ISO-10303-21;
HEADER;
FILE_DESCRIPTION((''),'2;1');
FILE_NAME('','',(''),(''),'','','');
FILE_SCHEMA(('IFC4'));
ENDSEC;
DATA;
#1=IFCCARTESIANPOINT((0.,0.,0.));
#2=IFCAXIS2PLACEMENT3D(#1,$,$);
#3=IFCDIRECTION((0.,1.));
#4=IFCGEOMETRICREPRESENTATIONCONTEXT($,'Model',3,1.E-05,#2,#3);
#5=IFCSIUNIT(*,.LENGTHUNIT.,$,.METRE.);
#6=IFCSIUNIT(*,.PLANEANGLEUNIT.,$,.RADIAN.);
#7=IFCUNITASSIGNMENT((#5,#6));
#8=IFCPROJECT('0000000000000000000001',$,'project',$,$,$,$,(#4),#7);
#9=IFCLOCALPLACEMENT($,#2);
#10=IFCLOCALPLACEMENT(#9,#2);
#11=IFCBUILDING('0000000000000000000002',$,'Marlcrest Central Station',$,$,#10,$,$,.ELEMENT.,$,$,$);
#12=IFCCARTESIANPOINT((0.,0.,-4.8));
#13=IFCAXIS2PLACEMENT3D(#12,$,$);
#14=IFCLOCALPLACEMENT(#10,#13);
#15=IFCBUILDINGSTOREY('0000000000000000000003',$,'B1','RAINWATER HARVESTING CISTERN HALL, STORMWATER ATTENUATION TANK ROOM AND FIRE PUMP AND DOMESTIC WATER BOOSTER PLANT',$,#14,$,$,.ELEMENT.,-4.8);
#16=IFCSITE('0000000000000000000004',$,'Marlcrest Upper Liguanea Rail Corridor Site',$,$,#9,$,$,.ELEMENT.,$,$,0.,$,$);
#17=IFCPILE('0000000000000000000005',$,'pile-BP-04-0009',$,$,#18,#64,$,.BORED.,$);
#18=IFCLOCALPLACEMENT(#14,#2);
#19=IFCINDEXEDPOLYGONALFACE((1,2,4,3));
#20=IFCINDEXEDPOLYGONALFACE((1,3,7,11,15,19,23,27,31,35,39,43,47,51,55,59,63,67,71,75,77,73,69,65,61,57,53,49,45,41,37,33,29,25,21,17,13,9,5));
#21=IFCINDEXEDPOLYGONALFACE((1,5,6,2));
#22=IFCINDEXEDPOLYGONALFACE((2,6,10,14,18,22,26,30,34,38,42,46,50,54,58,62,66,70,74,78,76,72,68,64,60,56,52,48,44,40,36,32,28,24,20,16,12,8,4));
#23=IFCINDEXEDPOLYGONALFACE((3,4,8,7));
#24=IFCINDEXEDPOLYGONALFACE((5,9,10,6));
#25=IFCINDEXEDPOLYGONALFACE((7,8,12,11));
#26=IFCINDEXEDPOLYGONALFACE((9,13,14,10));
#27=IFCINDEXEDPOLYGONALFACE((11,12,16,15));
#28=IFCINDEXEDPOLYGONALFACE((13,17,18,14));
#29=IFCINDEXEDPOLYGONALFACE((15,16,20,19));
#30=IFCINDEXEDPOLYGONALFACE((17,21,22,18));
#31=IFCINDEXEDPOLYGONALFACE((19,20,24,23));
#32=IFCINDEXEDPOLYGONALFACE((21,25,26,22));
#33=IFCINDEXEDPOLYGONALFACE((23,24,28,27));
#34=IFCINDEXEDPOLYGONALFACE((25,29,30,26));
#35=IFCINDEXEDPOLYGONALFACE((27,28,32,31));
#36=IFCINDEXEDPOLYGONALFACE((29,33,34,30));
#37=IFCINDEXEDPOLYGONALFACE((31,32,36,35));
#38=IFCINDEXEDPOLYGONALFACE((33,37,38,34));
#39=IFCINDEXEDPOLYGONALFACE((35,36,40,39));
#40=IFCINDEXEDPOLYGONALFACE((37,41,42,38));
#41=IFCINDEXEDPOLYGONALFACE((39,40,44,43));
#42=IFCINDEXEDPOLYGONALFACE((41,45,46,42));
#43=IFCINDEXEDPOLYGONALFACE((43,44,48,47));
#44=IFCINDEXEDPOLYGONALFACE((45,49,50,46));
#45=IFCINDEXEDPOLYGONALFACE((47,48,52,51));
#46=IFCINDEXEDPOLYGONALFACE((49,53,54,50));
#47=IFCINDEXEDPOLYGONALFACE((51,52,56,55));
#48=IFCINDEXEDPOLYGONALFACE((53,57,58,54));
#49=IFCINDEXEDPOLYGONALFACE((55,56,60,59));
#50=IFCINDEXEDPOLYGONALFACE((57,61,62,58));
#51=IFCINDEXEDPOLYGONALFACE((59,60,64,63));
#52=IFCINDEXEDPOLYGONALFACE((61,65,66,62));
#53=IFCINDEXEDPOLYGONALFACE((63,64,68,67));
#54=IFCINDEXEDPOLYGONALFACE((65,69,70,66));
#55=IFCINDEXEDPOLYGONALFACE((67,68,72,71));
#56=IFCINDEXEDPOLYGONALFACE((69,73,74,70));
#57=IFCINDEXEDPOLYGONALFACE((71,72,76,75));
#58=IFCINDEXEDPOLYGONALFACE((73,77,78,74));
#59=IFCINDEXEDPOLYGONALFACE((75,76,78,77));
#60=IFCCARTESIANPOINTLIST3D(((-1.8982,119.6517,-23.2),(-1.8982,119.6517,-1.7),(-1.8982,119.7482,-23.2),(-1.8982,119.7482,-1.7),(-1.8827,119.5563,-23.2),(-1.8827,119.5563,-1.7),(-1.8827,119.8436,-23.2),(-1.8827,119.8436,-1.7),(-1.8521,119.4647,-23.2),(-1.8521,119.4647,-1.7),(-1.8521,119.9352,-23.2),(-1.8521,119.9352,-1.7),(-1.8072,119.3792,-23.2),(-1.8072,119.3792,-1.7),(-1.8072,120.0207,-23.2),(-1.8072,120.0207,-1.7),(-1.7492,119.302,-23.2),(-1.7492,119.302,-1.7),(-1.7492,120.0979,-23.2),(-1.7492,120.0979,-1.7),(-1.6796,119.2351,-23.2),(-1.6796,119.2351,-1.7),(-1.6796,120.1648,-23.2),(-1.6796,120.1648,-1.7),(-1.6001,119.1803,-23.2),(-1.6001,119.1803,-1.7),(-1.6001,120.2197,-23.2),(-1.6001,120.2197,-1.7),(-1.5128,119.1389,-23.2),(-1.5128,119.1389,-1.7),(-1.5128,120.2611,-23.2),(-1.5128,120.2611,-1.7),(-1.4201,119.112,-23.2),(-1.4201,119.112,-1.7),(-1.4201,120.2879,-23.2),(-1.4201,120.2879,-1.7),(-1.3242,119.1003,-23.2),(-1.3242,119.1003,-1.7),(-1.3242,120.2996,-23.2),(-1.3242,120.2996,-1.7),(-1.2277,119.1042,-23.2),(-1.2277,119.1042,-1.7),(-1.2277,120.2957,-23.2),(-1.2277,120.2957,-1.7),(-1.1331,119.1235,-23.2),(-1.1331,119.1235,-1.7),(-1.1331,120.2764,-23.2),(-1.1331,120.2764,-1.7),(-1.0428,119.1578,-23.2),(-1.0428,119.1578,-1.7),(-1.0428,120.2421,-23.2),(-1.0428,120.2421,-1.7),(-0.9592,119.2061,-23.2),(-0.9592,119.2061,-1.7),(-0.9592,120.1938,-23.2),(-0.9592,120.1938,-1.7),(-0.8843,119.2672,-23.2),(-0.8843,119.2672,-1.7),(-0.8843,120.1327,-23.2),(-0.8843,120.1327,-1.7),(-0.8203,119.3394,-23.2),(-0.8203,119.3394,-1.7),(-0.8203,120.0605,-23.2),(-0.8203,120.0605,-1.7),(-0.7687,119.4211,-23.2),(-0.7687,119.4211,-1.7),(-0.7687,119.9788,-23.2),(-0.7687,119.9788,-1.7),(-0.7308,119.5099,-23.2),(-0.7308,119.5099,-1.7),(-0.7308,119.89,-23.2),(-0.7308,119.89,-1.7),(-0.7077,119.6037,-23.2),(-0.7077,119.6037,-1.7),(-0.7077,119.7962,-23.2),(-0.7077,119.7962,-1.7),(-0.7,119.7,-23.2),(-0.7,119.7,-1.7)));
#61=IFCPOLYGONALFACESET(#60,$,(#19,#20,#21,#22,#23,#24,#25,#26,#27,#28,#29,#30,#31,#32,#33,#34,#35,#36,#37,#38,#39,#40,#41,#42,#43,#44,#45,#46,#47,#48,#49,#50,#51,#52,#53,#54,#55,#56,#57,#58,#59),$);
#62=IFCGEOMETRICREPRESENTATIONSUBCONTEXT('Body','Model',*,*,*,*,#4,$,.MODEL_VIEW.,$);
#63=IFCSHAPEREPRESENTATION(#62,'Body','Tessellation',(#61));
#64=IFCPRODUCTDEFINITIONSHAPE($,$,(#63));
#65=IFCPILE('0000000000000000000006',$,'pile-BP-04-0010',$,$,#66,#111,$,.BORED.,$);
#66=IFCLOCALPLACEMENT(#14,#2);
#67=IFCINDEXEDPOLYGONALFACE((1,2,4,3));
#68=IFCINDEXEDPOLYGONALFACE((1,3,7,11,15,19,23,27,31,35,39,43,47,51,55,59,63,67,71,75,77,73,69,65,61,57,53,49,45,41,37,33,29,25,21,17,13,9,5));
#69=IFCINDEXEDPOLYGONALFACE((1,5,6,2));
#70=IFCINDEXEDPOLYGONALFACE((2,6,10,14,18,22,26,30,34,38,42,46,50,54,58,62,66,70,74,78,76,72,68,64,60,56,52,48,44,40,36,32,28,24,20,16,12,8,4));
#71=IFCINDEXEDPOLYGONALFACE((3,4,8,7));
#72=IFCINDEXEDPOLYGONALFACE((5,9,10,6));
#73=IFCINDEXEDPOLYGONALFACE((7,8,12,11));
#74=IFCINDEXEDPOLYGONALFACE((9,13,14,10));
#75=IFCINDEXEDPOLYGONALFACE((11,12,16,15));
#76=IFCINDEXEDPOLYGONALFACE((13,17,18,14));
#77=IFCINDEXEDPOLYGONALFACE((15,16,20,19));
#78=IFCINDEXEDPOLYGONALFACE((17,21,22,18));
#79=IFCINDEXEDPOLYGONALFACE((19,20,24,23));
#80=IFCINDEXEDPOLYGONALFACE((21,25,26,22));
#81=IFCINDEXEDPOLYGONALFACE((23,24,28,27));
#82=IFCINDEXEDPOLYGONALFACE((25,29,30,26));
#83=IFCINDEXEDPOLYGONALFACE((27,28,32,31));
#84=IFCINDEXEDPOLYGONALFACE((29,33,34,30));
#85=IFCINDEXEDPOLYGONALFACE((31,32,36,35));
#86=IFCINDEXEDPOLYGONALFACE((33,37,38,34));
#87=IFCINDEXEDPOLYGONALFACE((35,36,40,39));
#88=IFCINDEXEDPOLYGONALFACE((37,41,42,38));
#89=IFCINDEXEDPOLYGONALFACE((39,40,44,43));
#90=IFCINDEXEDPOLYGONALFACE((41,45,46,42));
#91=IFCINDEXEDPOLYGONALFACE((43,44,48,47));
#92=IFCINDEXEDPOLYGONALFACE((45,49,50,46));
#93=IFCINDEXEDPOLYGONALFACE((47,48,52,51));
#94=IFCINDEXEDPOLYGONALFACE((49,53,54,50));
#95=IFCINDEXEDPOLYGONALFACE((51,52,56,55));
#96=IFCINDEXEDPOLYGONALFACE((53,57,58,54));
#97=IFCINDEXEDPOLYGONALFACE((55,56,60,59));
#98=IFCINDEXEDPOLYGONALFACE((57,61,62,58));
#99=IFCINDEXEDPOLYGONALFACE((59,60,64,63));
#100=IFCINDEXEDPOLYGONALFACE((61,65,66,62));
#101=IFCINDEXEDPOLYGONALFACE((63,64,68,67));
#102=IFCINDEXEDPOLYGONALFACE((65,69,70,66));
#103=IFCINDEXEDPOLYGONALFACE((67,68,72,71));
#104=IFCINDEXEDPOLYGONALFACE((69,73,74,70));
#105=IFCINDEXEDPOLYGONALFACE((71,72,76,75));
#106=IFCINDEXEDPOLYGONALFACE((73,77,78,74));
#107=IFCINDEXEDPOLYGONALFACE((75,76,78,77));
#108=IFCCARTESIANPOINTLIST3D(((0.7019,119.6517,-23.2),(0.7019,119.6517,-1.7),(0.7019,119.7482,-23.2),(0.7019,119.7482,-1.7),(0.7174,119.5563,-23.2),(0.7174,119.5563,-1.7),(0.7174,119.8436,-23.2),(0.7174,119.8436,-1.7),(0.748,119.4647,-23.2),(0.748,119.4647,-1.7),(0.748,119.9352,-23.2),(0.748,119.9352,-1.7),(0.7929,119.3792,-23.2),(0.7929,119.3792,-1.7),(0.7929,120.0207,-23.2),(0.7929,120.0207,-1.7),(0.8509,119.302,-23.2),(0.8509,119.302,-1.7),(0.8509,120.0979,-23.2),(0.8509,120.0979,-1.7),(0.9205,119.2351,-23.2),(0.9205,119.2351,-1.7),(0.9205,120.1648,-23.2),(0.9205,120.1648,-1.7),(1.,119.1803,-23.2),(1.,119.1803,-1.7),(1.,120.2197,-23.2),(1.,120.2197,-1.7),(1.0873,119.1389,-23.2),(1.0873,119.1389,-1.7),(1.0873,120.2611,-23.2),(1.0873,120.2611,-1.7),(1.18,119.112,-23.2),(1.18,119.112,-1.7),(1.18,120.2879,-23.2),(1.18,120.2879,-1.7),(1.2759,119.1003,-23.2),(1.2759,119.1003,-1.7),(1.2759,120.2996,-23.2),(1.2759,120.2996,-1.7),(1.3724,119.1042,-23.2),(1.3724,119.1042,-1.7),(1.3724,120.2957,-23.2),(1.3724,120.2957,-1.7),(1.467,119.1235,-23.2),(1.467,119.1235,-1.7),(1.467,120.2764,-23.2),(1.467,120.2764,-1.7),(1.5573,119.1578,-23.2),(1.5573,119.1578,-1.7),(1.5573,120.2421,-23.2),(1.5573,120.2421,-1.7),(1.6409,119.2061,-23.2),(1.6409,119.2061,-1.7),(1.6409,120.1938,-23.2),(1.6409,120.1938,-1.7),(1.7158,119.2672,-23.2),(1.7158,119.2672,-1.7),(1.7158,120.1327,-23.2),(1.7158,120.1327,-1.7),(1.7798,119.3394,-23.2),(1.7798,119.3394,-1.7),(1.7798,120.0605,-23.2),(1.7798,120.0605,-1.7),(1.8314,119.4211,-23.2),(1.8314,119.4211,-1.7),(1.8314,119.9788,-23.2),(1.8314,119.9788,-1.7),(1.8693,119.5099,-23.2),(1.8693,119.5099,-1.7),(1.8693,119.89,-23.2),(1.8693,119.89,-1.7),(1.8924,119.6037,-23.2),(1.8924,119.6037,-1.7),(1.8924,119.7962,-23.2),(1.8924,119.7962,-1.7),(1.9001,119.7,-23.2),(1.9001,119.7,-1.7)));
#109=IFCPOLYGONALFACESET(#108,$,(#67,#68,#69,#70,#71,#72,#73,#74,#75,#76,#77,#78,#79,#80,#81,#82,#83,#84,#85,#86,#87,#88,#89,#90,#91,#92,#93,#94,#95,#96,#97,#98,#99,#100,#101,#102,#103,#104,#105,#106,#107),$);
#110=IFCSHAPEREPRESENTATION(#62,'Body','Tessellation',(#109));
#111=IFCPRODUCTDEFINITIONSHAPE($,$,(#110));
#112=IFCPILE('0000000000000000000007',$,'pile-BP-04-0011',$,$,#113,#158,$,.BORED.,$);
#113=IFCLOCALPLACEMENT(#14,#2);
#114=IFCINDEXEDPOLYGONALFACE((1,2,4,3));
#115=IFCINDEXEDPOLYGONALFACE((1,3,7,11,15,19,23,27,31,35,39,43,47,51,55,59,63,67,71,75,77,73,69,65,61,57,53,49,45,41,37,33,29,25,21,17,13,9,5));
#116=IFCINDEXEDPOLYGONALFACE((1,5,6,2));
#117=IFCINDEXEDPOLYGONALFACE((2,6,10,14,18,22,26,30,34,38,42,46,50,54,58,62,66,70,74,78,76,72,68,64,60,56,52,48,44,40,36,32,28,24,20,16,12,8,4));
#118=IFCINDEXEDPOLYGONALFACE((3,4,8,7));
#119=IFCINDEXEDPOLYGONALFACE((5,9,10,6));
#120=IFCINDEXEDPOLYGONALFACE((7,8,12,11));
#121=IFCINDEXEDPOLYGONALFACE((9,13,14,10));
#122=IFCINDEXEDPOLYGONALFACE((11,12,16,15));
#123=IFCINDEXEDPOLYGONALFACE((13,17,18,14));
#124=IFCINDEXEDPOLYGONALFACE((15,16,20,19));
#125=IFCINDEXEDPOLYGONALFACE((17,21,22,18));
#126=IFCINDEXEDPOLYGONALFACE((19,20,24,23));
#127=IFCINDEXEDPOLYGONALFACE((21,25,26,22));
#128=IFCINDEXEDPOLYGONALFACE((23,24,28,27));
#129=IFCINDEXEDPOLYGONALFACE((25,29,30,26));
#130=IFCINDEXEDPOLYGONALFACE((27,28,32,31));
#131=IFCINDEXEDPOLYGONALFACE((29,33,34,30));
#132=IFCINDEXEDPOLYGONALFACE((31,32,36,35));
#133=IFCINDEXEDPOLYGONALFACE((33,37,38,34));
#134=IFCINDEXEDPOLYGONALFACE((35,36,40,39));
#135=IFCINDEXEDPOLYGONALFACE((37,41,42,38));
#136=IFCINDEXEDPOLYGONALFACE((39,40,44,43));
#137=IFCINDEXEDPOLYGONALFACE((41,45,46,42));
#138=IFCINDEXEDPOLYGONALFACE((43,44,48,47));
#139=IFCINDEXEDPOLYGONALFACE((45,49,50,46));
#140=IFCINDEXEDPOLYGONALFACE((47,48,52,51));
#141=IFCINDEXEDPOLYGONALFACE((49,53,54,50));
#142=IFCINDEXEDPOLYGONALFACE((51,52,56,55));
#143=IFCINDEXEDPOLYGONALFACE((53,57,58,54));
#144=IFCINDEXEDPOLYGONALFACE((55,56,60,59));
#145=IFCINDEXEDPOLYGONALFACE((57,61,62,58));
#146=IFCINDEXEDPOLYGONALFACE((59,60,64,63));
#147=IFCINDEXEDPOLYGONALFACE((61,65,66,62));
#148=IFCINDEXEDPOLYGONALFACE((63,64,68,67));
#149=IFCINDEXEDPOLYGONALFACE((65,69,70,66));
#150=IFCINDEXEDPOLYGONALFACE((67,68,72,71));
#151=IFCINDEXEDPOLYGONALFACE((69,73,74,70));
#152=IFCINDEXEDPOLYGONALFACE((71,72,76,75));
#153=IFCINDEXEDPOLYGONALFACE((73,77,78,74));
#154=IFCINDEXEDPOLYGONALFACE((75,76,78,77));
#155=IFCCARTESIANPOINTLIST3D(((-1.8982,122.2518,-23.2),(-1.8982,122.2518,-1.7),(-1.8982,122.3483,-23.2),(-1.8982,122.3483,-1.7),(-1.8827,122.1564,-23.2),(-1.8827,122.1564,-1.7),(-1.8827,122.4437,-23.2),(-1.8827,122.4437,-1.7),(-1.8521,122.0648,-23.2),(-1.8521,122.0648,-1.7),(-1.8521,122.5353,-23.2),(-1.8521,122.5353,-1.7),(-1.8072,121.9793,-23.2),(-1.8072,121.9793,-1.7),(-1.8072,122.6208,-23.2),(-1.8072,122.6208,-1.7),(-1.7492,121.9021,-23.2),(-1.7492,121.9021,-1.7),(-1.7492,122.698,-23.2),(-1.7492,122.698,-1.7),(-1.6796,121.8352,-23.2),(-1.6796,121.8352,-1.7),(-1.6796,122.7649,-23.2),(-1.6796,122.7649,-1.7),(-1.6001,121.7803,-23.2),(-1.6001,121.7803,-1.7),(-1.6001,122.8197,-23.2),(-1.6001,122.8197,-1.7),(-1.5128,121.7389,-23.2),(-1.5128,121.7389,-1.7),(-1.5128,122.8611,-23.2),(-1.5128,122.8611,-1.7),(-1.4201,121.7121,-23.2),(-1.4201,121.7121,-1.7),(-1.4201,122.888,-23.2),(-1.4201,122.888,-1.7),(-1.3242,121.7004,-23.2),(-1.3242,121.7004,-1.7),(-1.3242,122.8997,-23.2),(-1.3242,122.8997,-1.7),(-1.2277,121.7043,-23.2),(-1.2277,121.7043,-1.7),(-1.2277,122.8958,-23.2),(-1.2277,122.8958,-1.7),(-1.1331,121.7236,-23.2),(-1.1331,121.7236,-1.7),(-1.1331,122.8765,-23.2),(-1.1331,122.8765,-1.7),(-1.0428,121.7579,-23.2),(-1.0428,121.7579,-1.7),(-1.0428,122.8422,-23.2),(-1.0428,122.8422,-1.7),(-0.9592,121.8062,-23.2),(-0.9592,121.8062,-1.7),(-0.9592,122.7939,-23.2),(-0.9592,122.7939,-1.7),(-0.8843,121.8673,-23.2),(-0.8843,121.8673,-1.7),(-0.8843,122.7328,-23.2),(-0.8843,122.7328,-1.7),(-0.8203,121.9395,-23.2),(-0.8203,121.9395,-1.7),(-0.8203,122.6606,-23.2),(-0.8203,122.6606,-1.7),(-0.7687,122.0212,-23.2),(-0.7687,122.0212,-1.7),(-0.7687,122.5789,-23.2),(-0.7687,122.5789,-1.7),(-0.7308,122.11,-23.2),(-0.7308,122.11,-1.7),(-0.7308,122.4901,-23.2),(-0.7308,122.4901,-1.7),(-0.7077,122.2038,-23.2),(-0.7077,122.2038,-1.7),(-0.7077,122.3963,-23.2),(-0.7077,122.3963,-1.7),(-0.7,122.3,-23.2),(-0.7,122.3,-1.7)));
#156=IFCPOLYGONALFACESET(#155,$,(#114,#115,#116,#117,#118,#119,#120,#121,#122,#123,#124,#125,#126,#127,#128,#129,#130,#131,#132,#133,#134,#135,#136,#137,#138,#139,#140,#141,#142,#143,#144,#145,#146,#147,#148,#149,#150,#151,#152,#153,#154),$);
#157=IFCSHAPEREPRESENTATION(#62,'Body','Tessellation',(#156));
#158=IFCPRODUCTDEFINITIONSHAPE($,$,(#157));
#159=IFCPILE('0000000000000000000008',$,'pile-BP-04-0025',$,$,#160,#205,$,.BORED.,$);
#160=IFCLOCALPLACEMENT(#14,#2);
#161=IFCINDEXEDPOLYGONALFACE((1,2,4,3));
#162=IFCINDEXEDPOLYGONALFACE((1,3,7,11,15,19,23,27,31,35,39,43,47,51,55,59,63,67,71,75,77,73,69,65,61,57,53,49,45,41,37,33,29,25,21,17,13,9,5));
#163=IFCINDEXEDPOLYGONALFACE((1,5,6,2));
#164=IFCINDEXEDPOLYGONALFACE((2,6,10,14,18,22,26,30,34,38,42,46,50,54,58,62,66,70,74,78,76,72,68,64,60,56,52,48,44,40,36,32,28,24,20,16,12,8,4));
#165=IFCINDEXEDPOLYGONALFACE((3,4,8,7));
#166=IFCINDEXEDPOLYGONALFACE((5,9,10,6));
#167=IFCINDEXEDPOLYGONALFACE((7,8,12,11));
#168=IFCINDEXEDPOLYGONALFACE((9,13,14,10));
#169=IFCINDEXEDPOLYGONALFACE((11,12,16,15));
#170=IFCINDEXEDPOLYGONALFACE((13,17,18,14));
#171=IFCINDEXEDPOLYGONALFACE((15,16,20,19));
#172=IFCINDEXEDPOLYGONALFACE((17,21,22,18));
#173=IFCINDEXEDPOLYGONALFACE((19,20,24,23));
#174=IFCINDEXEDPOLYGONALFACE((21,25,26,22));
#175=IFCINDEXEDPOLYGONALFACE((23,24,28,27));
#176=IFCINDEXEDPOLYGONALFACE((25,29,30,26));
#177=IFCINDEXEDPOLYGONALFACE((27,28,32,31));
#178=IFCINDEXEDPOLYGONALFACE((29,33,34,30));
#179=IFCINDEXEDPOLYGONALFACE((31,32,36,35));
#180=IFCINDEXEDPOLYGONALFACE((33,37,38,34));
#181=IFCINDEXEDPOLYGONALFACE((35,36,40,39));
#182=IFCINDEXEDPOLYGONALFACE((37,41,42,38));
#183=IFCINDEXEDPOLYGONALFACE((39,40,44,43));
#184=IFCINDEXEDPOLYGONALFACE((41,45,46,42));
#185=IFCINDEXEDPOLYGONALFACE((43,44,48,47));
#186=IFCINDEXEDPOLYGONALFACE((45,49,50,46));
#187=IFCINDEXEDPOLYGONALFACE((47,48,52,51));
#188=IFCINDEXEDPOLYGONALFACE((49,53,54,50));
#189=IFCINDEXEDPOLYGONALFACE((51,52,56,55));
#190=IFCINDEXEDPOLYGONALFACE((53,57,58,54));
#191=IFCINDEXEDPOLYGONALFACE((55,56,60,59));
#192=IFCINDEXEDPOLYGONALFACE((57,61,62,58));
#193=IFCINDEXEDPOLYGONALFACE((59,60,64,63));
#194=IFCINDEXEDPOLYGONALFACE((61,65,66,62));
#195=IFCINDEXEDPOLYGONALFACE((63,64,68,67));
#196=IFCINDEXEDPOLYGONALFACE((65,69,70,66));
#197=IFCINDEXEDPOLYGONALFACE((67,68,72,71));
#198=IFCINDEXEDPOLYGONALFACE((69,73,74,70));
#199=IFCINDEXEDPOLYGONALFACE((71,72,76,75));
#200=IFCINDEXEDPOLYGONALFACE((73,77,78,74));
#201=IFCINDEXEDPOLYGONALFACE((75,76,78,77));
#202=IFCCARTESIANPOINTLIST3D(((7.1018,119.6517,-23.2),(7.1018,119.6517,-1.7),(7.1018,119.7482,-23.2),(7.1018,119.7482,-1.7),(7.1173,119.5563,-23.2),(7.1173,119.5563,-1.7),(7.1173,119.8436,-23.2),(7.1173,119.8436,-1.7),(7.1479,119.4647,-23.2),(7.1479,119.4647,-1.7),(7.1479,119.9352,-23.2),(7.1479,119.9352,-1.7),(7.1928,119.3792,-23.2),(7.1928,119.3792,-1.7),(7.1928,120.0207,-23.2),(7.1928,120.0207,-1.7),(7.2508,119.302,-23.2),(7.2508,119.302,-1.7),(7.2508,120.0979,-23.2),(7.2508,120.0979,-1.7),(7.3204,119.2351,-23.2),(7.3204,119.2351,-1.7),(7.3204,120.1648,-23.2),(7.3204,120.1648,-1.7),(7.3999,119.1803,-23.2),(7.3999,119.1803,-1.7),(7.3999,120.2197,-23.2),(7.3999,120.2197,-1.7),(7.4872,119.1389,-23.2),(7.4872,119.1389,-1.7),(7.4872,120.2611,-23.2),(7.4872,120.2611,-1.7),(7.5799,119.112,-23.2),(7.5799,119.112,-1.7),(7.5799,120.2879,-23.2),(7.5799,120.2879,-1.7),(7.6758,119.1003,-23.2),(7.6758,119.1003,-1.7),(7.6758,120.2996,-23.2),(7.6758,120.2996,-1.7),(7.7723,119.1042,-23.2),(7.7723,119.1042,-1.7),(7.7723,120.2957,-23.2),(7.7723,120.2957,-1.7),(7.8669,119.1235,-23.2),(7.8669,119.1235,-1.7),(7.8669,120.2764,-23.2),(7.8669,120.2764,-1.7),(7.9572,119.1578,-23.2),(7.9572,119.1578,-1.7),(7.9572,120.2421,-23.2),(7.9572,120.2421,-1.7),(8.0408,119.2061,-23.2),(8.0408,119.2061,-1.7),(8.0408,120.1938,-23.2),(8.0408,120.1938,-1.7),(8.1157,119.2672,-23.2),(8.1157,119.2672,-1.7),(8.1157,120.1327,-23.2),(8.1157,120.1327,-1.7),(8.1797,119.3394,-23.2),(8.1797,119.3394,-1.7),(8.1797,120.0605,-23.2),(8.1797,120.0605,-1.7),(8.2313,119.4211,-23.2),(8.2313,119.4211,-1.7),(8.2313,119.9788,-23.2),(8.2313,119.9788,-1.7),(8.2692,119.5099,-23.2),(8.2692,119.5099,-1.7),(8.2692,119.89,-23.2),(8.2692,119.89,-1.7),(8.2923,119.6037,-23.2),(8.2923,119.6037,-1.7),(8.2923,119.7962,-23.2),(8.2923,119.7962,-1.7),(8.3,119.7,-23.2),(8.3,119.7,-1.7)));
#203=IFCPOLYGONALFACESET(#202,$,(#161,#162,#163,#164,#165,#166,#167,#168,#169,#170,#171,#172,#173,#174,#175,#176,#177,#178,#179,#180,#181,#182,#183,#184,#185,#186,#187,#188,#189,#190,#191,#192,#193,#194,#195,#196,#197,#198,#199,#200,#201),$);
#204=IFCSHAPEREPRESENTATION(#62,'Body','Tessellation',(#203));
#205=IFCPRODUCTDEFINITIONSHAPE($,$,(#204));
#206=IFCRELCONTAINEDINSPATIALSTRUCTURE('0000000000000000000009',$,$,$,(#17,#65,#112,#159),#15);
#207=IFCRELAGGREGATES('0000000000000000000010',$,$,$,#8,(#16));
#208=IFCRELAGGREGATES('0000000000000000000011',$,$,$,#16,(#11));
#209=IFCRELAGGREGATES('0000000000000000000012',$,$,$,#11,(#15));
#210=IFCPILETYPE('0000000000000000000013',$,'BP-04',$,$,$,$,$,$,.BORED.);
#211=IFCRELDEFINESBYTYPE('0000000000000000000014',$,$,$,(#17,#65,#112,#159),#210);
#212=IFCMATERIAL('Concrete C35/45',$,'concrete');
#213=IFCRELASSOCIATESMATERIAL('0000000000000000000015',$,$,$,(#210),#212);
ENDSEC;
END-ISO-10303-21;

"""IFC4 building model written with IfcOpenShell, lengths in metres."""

from ifc_helpers import new_model, si_unit, direction, frame, origin, origin_2d, place, context, subcontext, project, spatial, circle, extrude, material, material_profile, profile_set, type_object, element, save


model = new_model("IFC4")

# Units and contexts
model_context = context("Model", 3, precision=1e-05, world=origin(), true_north=direction((0.0, 1.0)))
body_context = subcontext(model_context, "Body", "Model", "MODEL_VIEW")
ifc_project = project(units=[si_unit("LENGTHUNIT", "METRE"), si_unit("PLANEANGLEUNIT", "RADIAN")], contexts=[model_context])

# Site, building, storey
site_placement = place(None, origin())
site = spatial("IfcSite", under=ifc_project, at=site_placement, Name="Marlcrest Upper Liguanea Rail Corridor Site", CompositionType="ELEMENT", RefElevation=0.0)
building_placement = place(site_placement, origin())
building = spatial("IfcBuilding", under=site, at=building_placement, Name="Marlcrest Central Station", CompositionType="ELEMENT")
storey_placement = place(building_placement, frame((0.0, 0.0, -4.8)))
storey = spatial("IfcBuildingStorey", under=building, at=storey_placement, Name="B1", Description="RAINWATER HARVESTING CISTERN HALL, STORMWATER ATTENUATION TANK ROOM AND FIRE PUMP AND DOMESTIC WATER BOOSTER PLANT", CompositionType="ELEMENT", Elevation=-4.8)

# Piles
ifc_material_1 = material(Name="Concrete C35/45", Category="concrete")
ifc_material_profile_1 = material_profile(ifc_material_1, circle(Radius=0.6001, at=origin_2d()), Name="PILE D1200")
ifc_profile_set_1 = profile_set([ifc_material_profile_1], Name="Concrete C35/45")
pile_type = type_object("IfcPileType", Name="BP-04", PredefinedType="BORED", material=ifc_profile_set_1)
for number, where, z_axis, x_axis, name in (
    (1, (-1.3, 119.7, -1.7), (0.0, 0.0, -1.0), (1.0, 0.0, 0.0), "pile-BP-04-0009"),
    (2, (1.3, 119.7, -1.7), (0.0, 0.0, -1.0), (1.0, 0.0, 0.0), "pile-BP-04-0010"),
    (3, (-1.3, 122.3, -1.7), (0.0, 0.0, -1.0), (1.0, 0.0, 0.0), "pile-BP-04-0011"),
    (4, (7.7, 119.7, -1.7), (0.0, 0.0, -1.0), (1.0, 0.0, 0.0), "pile-BP-04-0025"),
):
    element("IfcPile", number, at=place(storey_placement, frame(where, z_axis=z_axis, x_axis=x_axis)), inside=storey, type_object=pile_type, Name=name, PredefinedType="BORED", context=body_context, shape_type="SweptSolid", body=[
        extrude(circle(Radius=0.6001, at=origin_2d()), origin(), (0.0, 0.0, 1.0), 21.5),
    ])

save(model, "model.ifc")
